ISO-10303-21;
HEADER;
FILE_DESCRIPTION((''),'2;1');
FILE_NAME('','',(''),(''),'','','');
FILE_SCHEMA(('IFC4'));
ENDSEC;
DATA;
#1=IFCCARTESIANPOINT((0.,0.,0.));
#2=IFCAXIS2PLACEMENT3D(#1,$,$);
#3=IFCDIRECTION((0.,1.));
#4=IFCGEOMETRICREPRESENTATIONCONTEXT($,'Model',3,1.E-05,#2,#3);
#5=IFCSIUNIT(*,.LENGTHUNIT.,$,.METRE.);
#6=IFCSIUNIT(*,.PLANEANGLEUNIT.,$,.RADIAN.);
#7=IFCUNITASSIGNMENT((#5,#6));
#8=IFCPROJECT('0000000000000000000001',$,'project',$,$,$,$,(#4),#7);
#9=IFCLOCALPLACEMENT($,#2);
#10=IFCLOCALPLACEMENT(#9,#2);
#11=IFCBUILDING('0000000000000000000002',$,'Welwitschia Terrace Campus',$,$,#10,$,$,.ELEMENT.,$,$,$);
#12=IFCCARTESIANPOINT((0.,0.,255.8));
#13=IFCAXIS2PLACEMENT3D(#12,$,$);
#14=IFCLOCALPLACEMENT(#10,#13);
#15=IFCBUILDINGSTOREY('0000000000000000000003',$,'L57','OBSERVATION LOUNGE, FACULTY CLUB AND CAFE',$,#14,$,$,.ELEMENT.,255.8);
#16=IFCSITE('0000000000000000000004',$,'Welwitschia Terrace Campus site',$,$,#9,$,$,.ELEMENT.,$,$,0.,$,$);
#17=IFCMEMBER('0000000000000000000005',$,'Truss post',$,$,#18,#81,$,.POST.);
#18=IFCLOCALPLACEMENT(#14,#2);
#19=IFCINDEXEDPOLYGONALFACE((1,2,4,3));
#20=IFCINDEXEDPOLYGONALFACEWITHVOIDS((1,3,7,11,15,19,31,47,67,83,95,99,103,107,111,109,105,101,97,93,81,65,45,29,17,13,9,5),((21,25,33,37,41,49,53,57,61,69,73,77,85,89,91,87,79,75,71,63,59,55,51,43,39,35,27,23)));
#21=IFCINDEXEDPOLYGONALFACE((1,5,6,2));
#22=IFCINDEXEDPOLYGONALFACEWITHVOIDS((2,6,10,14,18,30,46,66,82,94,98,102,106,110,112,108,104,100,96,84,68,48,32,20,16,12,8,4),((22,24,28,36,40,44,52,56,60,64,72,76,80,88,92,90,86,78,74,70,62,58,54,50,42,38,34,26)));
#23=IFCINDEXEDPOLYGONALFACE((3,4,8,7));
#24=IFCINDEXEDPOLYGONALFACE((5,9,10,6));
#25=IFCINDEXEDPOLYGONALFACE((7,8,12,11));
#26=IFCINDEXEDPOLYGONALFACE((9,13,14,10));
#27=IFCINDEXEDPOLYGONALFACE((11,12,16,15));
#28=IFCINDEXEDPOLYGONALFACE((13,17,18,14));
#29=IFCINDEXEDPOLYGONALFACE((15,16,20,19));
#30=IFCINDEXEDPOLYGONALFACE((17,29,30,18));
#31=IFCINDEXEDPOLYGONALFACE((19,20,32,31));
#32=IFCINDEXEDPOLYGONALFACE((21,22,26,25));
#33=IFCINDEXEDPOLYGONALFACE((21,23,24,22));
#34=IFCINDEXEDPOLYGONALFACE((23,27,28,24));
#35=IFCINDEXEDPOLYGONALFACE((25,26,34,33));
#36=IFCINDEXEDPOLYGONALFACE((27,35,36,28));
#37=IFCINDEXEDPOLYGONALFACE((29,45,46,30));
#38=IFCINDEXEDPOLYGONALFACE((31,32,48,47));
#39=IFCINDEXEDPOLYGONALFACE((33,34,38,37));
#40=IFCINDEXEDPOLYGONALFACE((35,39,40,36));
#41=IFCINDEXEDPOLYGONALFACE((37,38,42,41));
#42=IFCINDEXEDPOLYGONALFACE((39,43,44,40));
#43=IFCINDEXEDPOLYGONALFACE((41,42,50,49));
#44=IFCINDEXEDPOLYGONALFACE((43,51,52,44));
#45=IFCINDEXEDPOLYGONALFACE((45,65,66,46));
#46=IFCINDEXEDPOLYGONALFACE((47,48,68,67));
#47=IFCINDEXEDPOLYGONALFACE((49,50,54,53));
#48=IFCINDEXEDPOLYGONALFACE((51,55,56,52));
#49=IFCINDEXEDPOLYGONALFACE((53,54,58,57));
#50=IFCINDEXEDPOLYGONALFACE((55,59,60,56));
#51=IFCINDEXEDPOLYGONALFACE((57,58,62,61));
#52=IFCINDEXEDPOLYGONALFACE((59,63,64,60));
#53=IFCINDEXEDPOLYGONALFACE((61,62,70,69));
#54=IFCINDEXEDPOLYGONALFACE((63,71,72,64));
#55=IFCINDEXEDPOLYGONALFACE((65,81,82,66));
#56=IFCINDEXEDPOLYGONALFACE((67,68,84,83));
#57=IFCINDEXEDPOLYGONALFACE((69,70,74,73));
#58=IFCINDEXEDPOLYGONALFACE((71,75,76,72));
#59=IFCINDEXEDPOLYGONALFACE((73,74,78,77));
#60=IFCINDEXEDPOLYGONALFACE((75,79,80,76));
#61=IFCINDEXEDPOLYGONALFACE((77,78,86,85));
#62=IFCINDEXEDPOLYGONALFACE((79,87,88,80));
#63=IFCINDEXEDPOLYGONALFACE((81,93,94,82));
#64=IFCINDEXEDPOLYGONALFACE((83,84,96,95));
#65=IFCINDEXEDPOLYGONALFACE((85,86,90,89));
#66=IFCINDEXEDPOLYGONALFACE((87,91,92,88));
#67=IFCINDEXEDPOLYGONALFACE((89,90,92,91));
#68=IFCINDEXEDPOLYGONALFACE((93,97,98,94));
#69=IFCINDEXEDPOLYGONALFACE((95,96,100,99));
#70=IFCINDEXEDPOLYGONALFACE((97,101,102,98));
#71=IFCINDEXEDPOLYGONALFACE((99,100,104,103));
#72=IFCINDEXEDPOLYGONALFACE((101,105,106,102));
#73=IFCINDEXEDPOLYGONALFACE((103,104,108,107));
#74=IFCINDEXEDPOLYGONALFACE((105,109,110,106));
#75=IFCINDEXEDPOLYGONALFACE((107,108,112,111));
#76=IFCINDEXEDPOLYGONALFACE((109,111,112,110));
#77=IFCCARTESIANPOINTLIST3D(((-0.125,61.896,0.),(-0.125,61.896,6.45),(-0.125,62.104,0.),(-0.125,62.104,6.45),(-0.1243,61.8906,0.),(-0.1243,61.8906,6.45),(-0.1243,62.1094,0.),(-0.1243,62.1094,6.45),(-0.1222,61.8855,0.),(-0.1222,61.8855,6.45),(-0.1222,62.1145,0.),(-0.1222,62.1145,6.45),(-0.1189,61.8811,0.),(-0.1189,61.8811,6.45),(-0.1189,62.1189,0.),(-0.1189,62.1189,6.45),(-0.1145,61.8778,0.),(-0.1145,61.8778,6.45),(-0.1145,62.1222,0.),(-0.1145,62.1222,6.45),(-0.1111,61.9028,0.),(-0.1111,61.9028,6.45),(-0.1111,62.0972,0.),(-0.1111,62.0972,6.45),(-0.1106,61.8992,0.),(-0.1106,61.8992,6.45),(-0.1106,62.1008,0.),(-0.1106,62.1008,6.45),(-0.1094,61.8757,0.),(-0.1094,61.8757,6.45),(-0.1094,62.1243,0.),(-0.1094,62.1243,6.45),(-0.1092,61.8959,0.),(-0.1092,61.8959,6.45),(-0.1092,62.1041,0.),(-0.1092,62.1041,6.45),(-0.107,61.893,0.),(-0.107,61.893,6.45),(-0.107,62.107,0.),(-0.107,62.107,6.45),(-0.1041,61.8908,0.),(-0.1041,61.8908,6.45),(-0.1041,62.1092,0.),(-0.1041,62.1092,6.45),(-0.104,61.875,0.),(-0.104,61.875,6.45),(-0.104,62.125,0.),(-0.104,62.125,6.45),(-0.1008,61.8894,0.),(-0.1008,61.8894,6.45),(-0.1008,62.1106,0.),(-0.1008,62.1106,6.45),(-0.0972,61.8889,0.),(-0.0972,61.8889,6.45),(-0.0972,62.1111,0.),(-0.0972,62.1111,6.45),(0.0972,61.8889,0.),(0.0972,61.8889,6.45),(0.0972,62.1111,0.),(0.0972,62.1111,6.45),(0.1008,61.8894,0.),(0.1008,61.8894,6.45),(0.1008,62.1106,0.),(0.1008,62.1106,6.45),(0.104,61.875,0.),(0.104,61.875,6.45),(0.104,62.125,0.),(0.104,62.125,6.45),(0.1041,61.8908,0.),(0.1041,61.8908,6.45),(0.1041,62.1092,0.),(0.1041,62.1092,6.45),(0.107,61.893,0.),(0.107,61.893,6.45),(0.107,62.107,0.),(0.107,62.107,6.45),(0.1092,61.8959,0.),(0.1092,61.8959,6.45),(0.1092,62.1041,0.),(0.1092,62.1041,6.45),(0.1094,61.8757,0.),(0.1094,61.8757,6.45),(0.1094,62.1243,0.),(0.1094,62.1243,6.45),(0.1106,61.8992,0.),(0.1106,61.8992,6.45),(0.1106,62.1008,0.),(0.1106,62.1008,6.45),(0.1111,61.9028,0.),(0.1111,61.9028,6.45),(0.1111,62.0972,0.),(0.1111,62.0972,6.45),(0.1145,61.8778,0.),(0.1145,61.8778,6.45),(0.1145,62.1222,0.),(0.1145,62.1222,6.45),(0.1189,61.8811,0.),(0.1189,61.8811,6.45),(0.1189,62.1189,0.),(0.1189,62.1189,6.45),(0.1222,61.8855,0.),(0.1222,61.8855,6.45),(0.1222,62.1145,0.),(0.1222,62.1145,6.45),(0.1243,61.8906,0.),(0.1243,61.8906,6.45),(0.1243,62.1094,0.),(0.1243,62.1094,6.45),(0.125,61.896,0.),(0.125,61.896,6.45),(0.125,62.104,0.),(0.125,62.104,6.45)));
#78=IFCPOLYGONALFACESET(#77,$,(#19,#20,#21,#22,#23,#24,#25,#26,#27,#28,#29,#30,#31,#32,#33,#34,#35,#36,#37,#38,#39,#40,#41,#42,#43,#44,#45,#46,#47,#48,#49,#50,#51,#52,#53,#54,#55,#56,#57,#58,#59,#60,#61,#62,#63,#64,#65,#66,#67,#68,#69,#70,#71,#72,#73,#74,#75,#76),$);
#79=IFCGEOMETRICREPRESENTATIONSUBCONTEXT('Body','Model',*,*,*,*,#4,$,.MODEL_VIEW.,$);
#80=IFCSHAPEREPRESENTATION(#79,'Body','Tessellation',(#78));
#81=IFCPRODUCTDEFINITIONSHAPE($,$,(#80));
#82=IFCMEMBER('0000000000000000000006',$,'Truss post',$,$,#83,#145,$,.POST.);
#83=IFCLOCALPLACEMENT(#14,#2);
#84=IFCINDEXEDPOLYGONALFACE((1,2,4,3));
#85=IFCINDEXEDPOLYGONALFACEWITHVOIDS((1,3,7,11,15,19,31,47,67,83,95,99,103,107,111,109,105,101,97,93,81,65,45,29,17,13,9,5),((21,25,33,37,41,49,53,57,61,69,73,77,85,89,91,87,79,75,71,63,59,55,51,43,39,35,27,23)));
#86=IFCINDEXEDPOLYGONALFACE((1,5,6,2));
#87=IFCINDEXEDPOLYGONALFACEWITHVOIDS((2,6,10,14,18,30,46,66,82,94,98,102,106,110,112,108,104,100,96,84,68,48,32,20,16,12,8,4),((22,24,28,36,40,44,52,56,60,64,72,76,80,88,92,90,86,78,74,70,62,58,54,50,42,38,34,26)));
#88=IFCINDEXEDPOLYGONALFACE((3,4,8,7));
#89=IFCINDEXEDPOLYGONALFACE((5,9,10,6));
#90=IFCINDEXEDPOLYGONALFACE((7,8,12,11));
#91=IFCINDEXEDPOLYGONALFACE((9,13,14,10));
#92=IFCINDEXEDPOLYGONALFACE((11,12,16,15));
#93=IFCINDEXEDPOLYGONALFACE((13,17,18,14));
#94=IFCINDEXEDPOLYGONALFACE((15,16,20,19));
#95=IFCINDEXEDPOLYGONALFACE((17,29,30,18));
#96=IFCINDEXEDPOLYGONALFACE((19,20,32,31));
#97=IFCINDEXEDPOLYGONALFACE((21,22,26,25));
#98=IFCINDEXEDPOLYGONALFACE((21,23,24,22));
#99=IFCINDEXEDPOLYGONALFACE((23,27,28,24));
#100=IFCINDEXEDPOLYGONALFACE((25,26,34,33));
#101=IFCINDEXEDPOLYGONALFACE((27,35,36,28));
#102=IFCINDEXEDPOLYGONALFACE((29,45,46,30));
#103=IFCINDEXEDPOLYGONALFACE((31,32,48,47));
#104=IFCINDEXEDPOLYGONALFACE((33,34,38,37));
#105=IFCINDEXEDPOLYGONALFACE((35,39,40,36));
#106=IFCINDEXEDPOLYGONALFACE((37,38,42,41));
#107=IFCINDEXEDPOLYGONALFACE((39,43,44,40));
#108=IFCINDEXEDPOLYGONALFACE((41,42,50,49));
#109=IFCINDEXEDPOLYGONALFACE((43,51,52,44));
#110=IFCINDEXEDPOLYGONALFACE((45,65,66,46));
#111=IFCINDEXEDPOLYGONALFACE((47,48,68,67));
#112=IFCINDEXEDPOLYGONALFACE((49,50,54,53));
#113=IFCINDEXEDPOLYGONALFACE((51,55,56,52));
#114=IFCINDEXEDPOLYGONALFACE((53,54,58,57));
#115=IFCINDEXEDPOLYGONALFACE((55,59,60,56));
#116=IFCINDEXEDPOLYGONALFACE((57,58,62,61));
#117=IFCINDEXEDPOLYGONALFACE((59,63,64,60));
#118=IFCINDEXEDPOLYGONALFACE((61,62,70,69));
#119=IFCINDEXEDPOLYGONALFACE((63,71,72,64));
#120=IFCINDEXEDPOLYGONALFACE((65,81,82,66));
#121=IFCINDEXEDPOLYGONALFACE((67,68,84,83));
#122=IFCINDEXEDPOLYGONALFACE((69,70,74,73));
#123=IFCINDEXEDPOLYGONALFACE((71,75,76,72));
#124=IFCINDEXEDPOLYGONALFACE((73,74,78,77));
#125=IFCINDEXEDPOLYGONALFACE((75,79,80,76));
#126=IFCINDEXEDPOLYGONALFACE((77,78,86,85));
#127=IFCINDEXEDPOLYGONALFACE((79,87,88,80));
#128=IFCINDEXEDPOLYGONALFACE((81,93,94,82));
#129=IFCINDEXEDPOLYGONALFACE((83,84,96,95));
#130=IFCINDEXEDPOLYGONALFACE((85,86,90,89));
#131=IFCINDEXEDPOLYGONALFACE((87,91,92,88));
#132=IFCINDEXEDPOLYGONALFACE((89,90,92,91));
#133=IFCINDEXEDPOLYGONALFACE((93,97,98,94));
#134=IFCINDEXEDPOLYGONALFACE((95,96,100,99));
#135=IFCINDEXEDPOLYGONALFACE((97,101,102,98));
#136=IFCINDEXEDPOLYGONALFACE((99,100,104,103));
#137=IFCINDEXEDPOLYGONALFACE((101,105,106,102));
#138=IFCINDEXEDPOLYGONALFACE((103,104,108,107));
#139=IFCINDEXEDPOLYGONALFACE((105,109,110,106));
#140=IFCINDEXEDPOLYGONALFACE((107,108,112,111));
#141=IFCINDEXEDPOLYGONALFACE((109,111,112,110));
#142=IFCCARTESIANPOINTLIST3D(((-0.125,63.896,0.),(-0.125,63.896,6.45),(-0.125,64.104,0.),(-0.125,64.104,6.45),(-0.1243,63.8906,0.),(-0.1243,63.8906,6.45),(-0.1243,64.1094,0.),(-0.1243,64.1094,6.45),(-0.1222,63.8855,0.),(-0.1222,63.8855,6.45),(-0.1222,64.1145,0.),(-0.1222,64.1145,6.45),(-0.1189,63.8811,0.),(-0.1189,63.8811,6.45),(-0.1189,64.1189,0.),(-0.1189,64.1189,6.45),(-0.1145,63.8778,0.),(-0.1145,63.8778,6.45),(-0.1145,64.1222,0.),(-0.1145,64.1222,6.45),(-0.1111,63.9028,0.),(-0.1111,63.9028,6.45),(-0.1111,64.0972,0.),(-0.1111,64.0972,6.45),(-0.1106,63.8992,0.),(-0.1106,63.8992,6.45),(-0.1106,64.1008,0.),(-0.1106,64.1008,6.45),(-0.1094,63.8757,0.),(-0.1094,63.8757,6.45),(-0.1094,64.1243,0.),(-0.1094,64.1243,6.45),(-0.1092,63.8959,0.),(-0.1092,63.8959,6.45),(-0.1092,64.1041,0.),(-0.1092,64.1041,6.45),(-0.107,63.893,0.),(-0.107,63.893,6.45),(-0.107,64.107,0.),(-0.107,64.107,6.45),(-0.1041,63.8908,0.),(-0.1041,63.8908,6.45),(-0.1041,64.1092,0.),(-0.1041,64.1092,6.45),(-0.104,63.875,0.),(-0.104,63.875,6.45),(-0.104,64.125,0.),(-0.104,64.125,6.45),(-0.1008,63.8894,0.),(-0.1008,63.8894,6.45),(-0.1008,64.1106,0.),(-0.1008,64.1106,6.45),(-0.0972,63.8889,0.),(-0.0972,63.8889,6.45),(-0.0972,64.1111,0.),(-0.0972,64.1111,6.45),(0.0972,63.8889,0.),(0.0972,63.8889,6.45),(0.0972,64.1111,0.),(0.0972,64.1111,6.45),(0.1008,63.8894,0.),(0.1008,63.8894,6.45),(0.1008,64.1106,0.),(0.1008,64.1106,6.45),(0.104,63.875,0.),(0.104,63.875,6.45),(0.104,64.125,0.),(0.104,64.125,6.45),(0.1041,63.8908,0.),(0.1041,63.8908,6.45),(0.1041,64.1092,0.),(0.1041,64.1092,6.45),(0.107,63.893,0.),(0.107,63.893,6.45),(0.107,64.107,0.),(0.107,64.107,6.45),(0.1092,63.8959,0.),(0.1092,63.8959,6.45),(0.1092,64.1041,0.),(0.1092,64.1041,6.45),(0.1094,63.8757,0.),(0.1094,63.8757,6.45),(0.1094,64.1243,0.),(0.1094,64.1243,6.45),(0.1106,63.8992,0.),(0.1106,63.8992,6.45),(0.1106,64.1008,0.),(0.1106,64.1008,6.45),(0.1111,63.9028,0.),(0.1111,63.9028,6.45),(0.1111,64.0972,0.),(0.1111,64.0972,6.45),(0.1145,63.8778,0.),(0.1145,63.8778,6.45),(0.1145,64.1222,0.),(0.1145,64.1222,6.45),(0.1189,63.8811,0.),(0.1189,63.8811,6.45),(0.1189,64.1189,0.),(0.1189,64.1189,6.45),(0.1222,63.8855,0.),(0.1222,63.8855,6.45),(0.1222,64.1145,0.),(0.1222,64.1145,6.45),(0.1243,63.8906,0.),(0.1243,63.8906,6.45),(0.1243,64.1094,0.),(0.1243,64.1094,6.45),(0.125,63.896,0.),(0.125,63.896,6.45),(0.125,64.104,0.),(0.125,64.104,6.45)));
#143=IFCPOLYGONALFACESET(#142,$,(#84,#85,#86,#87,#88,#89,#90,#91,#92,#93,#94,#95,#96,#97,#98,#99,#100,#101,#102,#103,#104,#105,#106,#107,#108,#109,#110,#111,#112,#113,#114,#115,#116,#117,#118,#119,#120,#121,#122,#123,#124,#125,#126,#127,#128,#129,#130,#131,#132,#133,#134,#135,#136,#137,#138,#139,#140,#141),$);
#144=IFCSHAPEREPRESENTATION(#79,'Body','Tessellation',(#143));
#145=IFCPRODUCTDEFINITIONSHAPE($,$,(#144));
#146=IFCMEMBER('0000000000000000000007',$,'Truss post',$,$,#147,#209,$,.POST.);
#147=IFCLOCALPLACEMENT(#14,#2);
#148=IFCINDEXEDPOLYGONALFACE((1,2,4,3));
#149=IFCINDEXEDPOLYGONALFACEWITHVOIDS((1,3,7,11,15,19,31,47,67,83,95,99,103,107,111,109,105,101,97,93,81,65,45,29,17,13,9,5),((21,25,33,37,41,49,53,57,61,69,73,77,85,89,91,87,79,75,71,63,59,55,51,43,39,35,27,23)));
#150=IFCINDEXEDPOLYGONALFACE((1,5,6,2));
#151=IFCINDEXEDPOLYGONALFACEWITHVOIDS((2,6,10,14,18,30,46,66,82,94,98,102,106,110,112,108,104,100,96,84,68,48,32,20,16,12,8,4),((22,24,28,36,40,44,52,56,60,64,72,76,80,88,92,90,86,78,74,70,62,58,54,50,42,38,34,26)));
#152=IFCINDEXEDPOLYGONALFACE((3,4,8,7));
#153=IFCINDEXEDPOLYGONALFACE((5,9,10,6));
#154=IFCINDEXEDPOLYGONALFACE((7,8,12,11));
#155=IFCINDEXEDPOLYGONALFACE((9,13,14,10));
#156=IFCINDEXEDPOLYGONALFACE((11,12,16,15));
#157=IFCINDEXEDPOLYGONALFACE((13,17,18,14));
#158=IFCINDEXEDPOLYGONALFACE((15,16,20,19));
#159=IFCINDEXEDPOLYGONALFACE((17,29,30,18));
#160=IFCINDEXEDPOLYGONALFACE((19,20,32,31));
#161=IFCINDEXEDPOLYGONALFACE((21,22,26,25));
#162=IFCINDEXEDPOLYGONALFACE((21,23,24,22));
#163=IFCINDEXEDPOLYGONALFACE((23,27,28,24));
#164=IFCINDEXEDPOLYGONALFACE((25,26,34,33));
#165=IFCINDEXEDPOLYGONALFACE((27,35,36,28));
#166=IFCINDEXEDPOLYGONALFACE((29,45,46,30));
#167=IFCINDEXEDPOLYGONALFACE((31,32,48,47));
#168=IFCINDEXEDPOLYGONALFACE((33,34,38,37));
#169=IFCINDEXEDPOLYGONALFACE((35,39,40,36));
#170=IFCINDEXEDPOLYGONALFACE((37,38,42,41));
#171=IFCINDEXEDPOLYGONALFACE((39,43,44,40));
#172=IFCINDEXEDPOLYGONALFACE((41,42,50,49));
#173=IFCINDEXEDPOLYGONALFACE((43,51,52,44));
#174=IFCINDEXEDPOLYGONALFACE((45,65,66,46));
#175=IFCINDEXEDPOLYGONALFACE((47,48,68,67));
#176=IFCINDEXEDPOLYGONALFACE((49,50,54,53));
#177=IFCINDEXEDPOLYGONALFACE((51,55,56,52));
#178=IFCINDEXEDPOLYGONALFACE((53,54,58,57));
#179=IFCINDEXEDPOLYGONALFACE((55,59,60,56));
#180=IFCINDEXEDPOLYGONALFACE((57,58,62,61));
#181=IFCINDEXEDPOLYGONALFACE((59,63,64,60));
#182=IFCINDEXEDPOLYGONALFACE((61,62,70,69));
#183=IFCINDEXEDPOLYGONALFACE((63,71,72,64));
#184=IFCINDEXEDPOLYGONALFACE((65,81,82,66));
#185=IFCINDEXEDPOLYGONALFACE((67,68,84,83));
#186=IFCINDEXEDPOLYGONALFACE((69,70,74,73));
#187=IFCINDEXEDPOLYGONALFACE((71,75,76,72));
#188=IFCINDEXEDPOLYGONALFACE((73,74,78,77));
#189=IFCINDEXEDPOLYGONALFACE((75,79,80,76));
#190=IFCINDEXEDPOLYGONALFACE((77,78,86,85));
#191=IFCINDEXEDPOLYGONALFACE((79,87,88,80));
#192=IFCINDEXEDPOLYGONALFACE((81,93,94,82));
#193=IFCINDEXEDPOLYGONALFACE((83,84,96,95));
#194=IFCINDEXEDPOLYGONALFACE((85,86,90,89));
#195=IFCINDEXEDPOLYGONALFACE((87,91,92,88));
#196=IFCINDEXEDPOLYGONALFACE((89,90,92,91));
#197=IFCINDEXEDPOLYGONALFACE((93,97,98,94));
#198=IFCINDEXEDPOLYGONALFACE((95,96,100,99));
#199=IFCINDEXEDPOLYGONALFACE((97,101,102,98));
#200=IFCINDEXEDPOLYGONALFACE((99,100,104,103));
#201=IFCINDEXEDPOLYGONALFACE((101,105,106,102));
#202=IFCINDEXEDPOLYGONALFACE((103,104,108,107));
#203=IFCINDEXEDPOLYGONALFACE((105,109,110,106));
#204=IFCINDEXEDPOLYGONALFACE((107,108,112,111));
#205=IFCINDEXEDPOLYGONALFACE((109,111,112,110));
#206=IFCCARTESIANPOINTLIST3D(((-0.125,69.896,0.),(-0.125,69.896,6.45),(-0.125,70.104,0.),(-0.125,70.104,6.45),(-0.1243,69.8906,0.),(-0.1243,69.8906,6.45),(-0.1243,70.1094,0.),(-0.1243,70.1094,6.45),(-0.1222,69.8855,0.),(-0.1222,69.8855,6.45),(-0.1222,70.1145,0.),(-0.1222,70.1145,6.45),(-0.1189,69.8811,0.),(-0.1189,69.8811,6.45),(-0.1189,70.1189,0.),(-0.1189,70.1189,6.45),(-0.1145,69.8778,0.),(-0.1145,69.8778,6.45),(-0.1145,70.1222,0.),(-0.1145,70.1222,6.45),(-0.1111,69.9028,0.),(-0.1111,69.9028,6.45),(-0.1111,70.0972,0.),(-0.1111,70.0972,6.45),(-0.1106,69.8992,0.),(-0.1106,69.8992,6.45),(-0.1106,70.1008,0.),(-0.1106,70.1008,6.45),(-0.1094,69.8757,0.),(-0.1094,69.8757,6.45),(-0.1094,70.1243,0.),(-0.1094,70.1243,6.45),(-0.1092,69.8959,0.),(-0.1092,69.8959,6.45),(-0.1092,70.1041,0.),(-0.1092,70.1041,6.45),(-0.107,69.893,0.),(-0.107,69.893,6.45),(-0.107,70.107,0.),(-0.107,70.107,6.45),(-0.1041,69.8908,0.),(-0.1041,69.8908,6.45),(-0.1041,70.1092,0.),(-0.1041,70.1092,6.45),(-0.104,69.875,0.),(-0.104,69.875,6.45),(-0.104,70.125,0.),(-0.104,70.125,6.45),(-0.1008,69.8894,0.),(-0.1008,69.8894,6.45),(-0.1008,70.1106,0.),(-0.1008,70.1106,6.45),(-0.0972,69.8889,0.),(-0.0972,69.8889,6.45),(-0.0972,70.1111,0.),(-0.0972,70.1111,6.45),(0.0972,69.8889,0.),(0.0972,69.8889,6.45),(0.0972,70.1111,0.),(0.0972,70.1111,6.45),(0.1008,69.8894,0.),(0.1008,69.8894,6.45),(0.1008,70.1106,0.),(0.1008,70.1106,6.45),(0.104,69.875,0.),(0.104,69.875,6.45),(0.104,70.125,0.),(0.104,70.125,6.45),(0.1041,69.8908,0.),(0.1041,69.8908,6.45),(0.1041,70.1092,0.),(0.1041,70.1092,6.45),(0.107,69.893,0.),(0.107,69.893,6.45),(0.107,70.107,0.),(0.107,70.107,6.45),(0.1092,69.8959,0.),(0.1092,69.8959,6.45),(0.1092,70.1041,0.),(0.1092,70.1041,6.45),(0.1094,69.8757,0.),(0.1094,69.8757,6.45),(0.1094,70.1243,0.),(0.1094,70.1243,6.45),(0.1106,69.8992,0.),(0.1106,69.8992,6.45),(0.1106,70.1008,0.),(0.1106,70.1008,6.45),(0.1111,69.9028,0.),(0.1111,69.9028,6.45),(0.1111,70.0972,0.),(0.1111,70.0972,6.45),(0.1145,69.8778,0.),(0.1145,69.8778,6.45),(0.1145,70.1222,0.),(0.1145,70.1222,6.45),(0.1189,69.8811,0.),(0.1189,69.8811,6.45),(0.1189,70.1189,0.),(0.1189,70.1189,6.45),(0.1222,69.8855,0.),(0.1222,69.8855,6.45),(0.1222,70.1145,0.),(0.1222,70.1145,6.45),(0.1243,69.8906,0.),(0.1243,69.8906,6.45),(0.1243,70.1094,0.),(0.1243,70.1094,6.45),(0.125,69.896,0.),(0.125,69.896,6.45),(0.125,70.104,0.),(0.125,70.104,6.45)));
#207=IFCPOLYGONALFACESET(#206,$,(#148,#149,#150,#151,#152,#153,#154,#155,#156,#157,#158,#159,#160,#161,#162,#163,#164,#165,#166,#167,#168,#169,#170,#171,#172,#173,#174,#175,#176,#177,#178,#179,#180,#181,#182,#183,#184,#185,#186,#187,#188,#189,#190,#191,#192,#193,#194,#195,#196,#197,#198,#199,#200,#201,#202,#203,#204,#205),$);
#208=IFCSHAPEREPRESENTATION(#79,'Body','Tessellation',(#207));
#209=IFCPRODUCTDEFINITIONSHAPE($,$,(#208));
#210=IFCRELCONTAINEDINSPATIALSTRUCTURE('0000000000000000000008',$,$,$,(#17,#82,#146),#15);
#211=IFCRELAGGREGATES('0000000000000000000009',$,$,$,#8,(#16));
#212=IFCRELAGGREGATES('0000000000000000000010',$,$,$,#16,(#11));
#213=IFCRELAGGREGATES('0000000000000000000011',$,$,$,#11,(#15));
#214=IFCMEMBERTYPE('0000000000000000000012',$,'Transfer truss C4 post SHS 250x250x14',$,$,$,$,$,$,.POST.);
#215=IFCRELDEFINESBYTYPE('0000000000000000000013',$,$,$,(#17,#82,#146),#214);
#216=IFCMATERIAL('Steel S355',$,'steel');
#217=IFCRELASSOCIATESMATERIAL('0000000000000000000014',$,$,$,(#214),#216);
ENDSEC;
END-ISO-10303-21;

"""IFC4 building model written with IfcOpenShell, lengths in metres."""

from ifc_helpers import new_model, si_unit, direction, frame, origin, origin_2d, place, context, subcontext, project, spatial, hollow_rectangle, extrude, material, material_profile, profile_set, type_object, element, save


model = new_model("IFC4")

# Units and contexts
model_context = context("Model", 3, precision=1e-05, world=origin(), true_north=direction((0.0, 1.0)))
body_context = subcontext(model_context, "Body", "Model", "MODEL_VIEW")
ifc_project = project(units=[si_unit("LENGTHUNIT", "METRE"), si_unit("PLANEANGLEUNIT", "RADIAN")], contexts=[model_context])

# Site, building, storey
site_placement = place(None, origin())
site = spatial("IfcSite", under=ifc_project, at=site_placement, Name="Welwitschia Terrace Campus site", CompositionType="ELEMENT", RefElevation=0.0)
building_placement = place(site_placement, origin())
building = spatial("IfcBuilding", under=site, at=building_placement, Name="Welwitschia Terrace Campus", CompositionType="ELEMENT")
storey_placement = place(building_placement, frame((0.0, 0.0, 255.8)))
storey = spatial("IfcBuildingStorey", under=building, at=storey_placement, Name="L57", Description="OBSERVATION LOUNGE, FACULTY CLUB AND CAFE", CompositionType="ELEMENT", Elevation=255.8)

# Members
ifc_material_1 = material(Name="Steel S355", Category="steel")
ifc_material_profile_1 = material_profile(ifc_material_1, hollow_rectangle(XDim=0.25, YDim=0.25, WallThickness=0.0139, InnerFilletRadius=0.0139, OuterFilletRadius=0.021, at=origin_2d()))
ifc_profile_set_1 = profile_set([ifc_material_profile_1], Name="Steel S355")
member_type_1 = type_object("IfcMemberType", Name="Transfer truss C4 post SHS 250x250x14", PredefinedType="POST", material=ifc_profile_set_1)
for number, where, z_axis, x_axis, name in (
    (1, (0.0, 62.0, 0.0), (0.0, 0.0, 1.0), (1.0, 0.0, 0.0), "Truss post"),
    (2, (0.0, 64.0, 0.0), (0.0, 0.0, 1.0), (1.0, 0.0, 0.0), "Truss post"),
    (3, (0.0, 70.0, 0.0), (0.0, 0.0, 1.0), (1.0, 0.0, 0.0), "Truss post"),
):
    element("IfcMember", number, at=place(storey_placement, frame(where, z_axis=z_axis, x_axis=x_axis)), inside=storey, type_object=member_type_1, Name=name, PredefinedType="POST", context=body_context, shape_type="SweptSolid", body=[
        extrude(hollow_rectangle(XDim=0.25, YDim=0.25, WallThickness=0.0139, InnerFilletRadius=0.0139, OuterFilletRadius=0.021, at=origin_2d()), origin(), (0.0, 0.0, 1.0), 6.45),
    ])

save(model, "model.ifc")
